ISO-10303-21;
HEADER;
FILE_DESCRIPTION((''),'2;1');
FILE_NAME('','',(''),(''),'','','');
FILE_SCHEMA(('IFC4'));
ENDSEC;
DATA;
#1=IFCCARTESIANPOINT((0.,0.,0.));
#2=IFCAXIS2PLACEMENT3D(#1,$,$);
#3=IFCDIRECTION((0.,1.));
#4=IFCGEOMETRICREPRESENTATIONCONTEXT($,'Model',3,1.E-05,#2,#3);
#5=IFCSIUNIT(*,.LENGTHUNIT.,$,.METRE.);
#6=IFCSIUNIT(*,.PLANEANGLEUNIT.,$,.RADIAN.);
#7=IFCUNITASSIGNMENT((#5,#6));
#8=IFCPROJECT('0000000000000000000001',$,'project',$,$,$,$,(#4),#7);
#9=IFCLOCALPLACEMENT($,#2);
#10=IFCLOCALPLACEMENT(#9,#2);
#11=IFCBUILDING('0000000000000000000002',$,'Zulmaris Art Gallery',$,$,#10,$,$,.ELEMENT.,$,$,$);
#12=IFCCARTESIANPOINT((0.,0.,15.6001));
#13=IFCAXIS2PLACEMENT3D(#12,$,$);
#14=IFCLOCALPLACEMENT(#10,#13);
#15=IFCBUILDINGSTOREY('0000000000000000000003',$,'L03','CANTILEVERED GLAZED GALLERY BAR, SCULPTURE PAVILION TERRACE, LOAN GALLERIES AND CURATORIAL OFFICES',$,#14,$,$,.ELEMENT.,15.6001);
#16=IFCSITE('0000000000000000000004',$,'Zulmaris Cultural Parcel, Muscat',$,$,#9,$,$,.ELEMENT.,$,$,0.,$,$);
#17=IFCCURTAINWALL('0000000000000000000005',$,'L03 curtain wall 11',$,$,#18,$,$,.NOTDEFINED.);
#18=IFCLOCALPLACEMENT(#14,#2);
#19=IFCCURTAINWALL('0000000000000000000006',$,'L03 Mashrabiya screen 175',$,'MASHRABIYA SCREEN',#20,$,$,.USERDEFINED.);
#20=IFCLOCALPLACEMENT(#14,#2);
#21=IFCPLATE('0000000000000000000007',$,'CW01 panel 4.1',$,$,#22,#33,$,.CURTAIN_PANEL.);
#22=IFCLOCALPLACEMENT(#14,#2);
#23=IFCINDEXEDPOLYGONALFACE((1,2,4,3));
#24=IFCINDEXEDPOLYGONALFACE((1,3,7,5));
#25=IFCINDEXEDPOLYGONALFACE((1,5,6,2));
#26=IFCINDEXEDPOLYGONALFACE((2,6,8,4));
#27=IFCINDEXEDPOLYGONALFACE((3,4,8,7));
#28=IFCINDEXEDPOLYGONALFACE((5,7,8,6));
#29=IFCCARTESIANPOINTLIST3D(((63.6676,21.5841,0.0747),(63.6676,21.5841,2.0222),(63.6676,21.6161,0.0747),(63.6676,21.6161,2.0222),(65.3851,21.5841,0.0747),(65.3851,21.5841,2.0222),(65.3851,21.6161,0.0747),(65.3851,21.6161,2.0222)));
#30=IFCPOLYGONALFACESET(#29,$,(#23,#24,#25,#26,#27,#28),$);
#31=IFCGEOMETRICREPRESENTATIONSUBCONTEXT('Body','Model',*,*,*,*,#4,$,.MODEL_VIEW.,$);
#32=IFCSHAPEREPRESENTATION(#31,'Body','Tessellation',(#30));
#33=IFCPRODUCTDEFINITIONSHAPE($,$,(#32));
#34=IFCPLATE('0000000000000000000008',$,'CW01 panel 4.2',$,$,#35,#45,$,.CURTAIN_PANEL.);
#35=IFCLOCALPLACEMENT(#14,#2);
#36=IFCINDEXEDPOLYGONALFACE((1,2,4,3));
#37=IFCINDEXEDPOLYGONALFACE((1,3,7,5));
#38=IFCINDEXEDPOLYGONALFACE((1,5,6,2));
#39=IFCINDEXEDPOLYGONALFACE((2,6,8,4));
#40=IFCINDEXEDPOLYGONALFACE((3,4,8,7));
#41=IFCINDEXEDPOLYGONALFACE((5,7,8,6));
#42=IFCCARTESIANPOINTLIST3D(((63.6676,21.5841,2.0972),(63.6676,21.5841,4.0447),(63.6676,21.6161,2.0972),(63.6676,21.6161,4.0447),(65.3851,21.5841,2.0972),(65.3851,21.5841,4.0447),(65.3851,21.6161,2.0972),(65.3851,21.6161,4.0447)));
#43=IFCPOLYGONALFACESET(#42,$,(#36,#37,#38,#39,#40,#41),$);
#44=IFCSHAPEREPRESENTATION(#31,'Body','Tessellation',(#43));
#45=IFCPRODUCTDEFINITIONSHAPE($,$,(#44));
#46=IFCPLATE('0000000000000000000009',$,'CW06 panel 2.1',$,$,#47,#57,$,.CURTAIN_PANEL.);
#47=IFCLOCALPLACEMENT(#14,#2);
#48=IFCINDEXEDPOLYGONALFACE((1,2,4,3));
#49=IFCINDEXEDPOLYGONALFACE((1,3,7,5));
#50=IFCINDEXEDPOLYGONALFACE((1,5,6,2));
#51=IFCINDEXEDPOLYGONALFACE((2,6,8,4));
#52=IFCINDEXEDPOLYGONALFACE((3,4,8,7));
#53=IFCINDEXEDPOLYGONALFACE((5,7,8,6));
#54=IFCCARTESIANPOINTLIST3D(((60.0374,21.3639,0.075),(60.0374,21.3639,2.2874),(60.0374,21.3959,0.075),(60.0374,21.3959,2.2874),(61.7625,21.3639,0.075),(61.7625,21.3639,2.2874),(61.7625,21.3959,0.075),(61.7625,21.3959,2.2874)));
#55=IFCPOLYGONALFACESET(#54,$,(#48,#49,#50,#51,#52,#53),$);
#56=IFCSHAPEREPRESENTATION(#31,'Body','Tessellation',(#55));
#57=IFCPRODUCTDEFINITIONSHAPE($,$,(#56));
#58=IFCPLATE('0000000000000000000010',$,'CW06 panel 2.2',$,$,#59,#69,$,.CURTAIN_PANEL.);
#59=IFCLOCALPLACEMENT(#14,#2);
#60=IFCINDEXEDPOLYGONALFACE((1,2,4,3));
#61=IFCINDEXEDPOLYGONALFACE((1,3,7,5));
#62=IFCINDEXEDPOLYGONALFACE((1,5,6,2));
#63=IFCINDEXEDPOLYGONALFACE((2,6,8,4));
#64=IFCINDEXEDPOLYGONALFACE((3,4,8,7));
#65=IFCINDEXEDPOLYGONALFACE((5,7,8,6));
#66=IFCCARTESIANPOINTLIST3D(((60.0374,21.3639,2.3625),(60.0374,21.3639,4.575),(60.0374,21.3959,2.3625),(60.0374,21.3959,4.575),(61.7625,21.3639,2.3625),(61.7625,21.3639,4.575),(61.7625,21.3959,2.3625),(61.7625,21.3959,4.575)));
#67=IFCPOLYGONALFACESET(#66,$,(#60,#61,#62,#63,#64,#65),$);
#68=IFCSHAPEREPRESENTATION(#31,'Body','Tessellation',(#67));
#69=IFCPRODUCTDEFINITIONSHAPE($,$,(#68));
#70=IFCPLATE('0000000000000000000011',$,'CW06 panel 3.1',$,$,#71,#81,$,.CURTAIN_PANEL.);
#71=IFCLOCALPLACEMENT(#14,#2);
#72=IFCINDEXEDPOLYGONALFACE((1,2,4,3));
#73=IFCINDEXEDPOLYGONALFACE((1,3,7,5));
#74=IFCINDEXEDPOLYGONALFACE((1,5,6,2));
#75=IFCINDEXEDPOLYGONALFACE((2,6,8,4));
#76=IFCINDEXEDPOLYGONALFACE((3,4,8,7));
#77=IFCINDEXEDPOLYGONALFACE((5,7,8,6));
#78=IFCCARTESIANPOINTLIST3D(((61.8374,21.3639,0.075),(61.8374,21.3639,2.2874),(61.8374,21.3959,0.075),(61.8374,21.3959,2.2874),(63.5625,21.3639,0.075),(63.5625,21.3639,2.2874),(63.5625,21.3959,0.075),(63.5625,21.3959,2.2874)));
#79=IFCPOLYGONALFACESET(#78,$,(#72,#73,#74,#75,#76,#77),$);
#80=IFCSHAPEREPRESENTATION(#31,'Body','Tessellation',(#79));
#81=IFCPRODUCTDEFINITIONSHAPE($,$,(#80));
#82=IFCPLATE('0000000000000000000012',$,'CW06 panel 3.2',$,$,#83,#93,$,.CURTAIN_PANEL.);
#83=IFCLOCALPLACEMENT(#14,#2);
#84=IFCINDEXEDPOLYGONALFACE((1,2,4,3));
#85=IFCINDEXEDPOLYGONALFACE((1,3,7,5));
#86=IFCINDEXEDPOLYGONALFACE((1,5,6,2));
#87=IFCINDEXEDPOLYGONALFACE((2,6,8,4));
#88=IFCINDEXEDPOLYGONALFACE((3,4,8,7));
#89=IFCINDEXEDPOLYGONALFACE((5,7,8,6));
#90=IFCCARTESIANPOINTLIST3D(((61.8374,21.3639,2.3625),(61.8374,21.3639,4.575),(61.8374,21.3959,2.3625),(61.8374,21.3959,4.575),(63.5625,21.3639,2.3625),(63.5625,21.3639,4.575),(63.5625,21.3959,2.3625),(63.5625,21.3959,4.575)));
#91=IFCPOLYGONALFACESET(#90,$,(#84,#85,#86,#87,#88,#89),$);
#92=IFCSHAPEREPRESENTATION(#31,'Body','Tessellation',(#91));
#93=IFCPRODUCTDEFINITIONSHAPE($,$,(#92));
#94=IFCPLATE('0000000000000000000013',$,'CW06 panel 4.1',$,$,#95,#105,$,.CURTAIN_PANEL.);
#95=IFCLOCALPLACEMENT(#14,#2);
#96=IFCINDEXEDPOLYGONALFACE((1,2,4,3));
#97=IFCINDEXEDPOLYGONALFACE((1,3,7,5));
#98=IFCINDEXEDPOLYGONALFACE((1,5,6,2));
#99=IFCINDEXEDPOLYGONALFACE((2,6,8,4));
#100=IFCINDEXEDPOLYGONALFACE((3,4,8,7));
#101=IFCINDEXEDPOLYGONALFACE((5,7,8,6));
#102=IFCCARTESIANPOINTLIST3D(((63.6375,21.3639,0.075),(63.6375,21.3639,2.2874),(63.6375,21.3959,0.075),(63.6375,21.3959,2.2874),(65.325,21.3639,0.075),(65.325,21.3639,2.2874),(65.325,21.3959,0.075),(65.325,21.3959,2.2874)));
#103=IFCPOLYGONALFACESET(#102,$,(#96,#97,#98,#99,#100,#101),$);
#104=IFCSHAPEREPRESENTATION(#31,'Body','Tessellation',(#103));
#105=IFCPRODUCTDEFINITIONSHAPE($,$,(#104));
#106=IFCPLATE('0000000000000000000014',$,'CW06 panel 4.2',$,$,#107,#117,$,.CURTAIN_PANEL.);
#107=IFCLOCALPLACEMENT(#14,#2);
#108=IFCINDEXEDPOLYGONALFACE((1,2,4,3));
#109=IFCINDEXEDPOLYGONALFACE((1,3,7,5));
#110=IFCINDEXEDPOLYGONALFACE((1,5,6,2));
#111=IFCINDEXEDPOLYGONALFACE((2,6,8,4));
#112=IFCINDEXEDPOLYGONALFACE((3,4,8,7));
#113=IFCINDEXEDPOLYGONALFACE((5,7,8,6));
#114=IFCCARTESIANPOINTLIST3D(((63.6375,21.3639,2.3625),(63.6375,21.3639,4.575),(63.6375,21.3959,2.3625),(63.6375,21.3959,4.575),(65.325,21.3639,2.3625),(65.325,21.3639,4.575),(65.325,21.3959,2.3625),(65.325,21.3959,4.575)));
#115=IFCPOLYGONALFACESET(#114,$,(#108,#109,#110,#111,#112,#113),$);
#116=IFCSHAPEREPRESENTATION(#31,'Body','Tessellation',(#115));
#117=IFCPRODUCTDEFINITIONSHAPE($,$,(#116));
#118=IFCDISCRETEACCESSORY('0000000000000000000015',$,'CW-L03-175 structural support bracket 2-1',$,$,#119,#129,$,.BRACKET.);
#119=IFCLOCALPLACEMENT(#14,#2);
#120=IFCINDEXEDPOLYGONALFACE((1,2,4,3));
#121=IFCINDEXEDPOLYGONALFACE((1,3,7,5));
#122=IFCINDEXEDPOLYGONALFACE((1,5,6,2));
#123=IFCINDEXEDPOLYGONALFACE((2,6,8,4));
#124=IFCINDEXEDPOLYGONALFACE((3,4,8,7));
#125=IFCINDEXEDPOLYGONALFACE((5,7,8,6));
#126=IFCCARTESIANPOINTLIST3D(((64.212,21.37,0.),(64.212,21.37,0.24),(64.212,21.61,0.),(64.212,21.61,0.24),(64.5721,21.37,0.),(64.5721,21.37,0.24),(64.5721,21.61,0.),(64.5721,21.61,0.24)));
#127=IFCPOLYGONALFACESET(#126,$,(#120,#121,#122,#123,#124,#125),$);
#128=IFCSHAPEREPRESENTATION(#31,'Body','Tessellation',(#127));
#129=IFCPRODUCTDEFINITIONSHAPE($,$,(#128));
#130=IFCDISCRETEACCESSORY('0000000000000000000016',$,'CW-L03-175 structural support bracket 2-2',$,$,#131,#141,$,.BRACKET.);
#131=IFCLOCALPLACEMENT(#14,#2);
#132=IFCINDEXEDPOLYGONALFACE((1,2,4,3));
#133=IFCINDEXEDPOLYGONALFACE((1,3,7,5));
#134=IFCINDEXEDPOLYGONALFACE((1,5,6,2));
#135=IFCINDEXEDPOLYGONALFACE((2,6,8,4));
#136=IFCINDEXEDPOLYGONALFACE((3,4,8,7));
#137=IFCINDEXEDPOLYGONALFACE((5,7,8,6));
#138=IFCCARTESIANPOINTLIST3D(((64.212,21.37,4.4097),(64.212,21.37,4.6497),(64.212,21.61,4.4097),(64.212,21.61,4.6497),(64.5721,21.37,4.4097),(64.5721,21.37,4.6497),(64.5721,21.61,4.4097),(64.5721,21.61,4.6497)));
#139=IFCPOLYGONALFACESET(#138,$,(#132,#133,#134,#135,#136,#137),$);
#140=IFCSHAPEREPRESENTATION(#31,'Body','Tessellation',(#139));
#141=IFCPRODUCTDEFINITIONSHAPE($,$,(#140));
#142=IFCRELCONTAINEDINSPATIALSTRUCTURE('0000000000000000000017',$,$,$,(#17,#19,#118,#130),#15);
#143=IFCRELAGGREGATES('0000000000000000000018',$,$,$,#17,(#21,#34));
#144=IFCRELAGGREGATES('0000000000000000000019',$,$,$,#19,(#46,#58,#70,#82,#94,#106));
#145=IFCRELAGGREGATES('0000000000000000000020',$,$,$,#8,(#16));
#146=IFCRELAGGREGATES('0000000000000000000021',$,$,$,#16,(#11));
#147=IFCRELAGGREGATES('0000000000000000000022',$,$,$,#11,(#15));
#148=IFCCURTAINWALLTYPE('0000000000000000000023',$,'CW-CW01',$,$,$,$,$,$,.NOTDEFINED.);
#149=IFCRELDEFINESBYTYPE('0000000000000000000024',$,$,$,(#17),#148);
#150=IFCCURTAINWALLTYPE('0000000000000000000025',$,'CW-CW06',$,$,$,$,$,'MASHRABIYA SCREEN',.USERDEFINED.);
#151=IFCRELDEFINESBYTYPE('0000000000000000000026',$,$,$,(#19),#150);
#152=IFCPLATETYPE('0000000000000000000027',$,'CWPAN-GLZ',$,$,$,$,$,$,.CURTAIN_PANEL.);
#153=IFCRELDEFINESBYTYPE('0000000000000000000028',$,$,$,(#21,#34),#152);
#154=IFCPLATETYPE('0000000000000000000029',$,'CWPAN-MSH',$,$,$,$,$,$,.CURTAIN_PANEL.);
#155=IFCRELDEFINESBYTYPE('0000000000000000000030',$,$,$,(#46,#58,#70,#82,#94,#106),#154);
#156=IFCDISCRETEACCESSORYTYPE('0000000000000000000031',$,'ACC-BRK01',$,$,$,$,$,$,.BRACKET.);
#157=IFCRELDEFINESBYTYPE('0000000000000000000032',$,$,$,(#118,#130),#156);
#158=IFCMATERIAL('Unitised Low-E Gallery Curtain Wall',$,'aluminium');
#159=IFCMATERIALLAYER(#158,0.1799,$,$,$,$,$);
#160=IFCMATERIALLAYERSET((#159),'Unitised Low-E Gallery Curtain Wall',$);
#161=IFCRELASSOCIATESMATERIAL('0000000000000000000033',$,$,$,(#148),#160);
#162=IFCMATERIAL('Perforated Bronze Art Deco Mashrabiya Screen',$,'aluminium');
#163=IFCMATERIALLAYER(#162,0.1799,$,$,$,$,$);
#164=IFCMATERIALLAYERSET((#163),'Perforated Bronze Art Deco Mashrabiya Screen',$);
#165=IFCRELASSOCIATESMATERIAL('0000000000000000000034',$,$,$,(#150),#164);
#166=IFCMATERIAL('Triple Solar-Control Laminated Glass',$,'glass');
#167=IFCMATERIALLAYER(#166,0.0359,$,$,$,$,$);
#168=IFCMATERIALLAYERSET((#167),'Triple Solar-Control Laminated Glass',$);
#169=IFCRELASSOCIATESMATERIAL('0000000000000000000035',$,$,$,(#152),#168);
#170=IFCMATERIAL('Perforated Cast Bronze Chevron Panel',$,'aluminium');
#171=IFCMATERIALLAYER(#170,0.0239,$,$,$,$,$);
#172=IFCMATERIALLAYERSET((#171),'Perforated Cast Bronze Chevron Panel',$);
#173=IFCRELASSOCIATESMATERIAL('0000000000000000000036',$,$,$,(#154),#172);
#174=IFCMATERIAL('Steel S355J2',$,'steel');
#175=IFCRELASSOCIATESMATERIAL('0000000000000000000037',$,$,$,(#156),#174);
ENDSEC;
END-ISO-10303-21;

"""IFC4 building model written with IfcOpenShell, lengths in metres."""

from ifc_helpers import new_model, si_unit, direction, frame, origin, origin_2d, place, context, subcontext, project, spatial, rectangle, extrude, material, layer, layer_set, type_object, element, aggregate, save


model = new_model("IFC4")

# Units and contexts
model_context = context("Model", 3, precision=1e-05, world=origin(), true_north=direction((0.0, 1.0)))
body_context = subcontext(model_context, "Body", "Model", "MODEL_VIEW")
ifc_project = project(units=[si_unit("LENGTHUNIT", "METRE"), si_unit("PLANEANGLEUNIT", "RADIAN")], contexts=[model_context])

# Site, building, storey
site_placement = place(None, origin())
site = spatial("IfcSite", under=ifc_project, at=site_placement, Name="Zulmaris Cultural Parcel, Muscat", CompositionType="ELEMENT", RefElevation=0.0)
building_placement = place(site_placement, origin())
building = spatial("IfcBuilding", under=site, at=building_placement, Name="Zulmaris Art Gallery", CompositionType="ELEMENT")
storey_placement = place(building_placement, frame((0.0, 0.0, 15.6001)))
storey = spatial("IfcBuildingStorey", under=building, at=storey_placement, Name="L03", Description="CANTILEVERED GLAZED GALLERY BAR, SCULPTURE PAVILION TERRACE, LOAN GALLERIES AND CURATORIAL OFFICES", CompositionType="ELEMENT", Elevation=15.6001)

# Shared definitions
ifc_material_1 = material(Name="Steel S355J2", Category="steel")

# Curtain walls
ifc_material_2 = material(Name="Unitised Low-E Gallery Curtain Wall", Category="aluminium")
ifc_layer_1 = layer(ifc_material_2, 0.1799)
ifc_layer_set_1 = layer_set([ifc_layer_1], Name="Unitised Low-E Gallery Curtain Wall")
curtain_wall_type_1 = type_object("IfcCurtainWallType", Name="CW-CW01", PredefinedType="NOTDEFINED", material=ifc_layer_set_1)
curtain_wall_1_placement = place(storey_placement, origin())
curtain_wall_1 = element("IfcCurtainWall", 1, at=curtain_wall_1_placement, inside=storey, type_object=curtain_wall_type_1, Name="L03 curtain wall 11", PredefinedType="NOTDEFINED")
ifc_material_3 = material(Name="Perforated Bronze Art Deco Mashrabiya Screen", Category="aluminium")
ifc_layer_2 = layer(ifc_material_3, 0.1799)
ifc_layer_set_2 = layer_set([ifc_layer_2], Name="Perforated Bronze Art Deco Mashrabiya Screen")
curtain_wall_type_2 = type_object("IfcCurtainWallType", Name="CW-CW06", ElementType="MASHRABIYA SCREEN", PredefinedType="USERDEFINED", material=ifc_layer_set_2)
curtain_wall_2_placement = place(storey_placement, origin())
curtain_wall_2 = element("IfcCurtainWall", 2, at=curtain_wall_2_placement, inside=storey, type_object=curtain_wall_type_2, Name="L03 Mashrabiya screen 175", ObjectType="MASHRABIYA SCREEN", PredefinedType="USERDEFINED")

# Plates
ifc_material_4 = material(Name="Triple Solar-Control Laminated Glass", Category="glass")
ifc_layer_3 = layer(ifc_material_4, 0.0359)
ifc_layer_set_3 = layer_set([ifc_layer_3], Name="Triple Solar-Control Laminated Glass")
plate_type_1 = type_object("IfcPlateType", Name="CWPAN-GLZ", PredefinedType="CURTAIN_PANEL", material=ifc_layer_set_3)
plate_1_placement = place(storey_placement, frame((64.5264, 21.6001, 0.0747), z_axis=(0.0, 0.0, 1.0), x_axis=(1.0, 0.0, 0.0)))
plate_1 = element("IfcPlate", 3, at=plate_1_placement, type_object=plate_type_1, Name="CW01 panel 4.1", PredefinedType="CURTAIN_PANEL", context=body_context, shape_type="SweptSolid", body=[
    extrude(rectangle(XDim=1.7175, YDim=0.032, at=origin_2d()), origin(), (0.0, 0.0, 1.0), 1.9475),
])
plate_2_placement = place(storey_placement, frame((64.5264, 21.6001, 2.0972), z_axis=(0.0, 0.0, 1.0), x_axis=(1.0, 0.0, 0.0)))
plate_2 = element("IfcPlate", 4, at=plate_2_placement, type_object=plate_type_1, Name="CW01 panel 4.2", PredefinedType="CURTAIN_PANEL", context=body_context, shape_type="SweptSolid", body=[
    extrude(rectangle(XDim=1.7175, YDim=0.032, at=origin_2d()), origin(), (0.0, 0.0, 1.0), 1.9475),
])
aggregate(curtain_wall_1, [plate_1, plate_2])
ifc_material_5 = material(Name="Perforated Cast Bronze Chevron Panel", Category="aluminium")
ifc_layer_4 = layer(ifc_material_5, 0.0239)
ifc_layer_set_4 = layer_set([ifc_layer_4], Name="Perforated Cast Bronze Chevron Panel")
plate_type_2 = type_object("IfcPlateType", Name="CWPAN-MSH", PredefinedType="CURTAIN_PANEL", material=ifc_layer_set_4)
plate_3_placement = place(storey_placement, frame((60.8999, 21.3799, 0.075), z_axis=(0.0, 0.0, 1.0), x_axis=(1.0, 0.0, 0.0)))
plate_3 = element("IfcPlate", 5, at=plate_3_placement, type_object=plate_type_2, Name="CW06 panel 2.1", PredefinedType="CURTAIN_PANEL", context=body_context, shape_type="SweptSolid", body=[
    extrude(rectangle(XDim=1.7251, YDim=0.032, at=origin_2d()), origin(), (0.0, 0.0, 1.0), 2.2124),
])
plate_4_placement = place(storey_placement, frame((60.8999, 21.3799, 2.3625), z_axis=(0.0, 0.0, 1.0), x_axis=(1.0, 0.0, 0.0)))
plate_4 = element("IfcPlate", 6, at=plate_4_placement, type_object=plate_type_2, Name="CW06 panel 2.2", PredefinedType="CURTAIN_PANEL", context=body_context, shape_type="SweptSolid", body=[
    extrude(rectangle(XDim=1.7251, YDim=0.032, at=origin_2d()), origin(), (0.0, 0.0, 1.0), 2.2124),
])
plate_5_placement = place(storey_placement, frame((62.7, 21.3799, 0.075), z_axis=(0.0, 0.0, 1.0), x_axis=(1.0, 0.0, 0.0)))
plate_5 = element("IfcPlate", 7, at=plate_5_placement, type_object=plate_type_2, Name="CW06 panel 3.1", PredefinedType="CURTAIN_PANEL", context=body_context, shape_type="SweptSolid", body=[
    extrude(rectangle(XDim=1.7251, YDim=0.032, at=origin_2d()), origin(), (0.0, 0.0, 1.0), 2.2124),
])
plate_6_placement = place(storey_placement, frame((62.7, 21.3799, 2.3625), z_axis=(0.0, 0.0, 1.0), x_axis=(1.0, 0.0, 0.0)))
plate_6 = element("IfcPlate", 8, at=plate_6_placement, type_object=plate_type_2, Name="CW06 panel 3.2", PredefinedType="CURTAIN_PANEL", context=body_context, shape_type="SweptSolid", body=[
    extrude(rectangle(XDim=1.7251, YDim=0.032, at=origin_2d()), origin(), (0.0, 0.0, 1.0), 2.2124),
])
plate_7_placement = place(storey_placement, frame((64.4812, 21.3799, 0.075), z_axis=(0.0, 0.0, 1.0), x_axis=(1.0, 0.0, 0.0)))
plate_7 = element("IfcPlate", 9, at=plate_7_placement, type_object=plate_type_2, Name="CW06 panel 4.1", PredefinedType="CURTAIN_PANEL", context=body_context, shape_type="SweptSolid", body=[
    extrude(rectangle(XDim=1.6875, YDim=0.032, at=origin_2d()), origin(), (0.0, 0.0, 1.0), 2.2124),
])
plate_8_placement = place(storey_placement, frame((64.4812, 21.3799, 2.3625), z_axis=(0.0, 0.0, 1.0), x_axis=(1.0, 0.0, 0.0)))
plate_8 = element("IfcPlate", 10, at=plate_8_placement, type_object=plate_type_2, Name="CW06 panel 4.2", PredefinedType="CURTAIN_PANEL", context=body_context, shape_type="SweptSolid", body=[
    extrude(rectangle(XDim=1.6875, YDim=0.032, at=origin_2d()), origin(), (0.0, 0.0, 1.0), 2.2124),
])
aggregate(curtain_wall_2, [plate_3, plate_4, plate_5, plate_6, plate_7, plate_8])

# Discrete accessories
discrete_accessory_type = type_object("IfcDiscreteAccessoryType", Name="ACC-BRK01", PredefinedType="BRACKET", material=ifc_material_1)
for number, where, z_axis, x_axis, name in (
    (11, (64.3921, 21.49, 0.0), (0.0, 0.0, 1.0), (1.0, 0.0, 0.0), "CW-L03-175 structural support bracket 2-1"),
    (12, (64.3921, 21.49, 4.4097), (0.0, 0.0, 1.0), (1.0, 0.0, 0.0), "CW-L03-175 structural support bracket 2-2"),
):
    element("IfcDiscreteAccessory", number, at=place(storey_placement, frame(where, z_axis=z_axis, x_axis=x_axis)), inside=storey, type_object=discrete_accessory_type, Name=name, PredefinedType="BRACKET", context=body_context, shape_type="SweptSolid", body=[
        extrude(rectangle(XDim=0.3601, YDim=0.24, at=origin_2d()), origin(), (0.0, 0.0, 1.0), 0.24),
    ])

save(model, "model.ifc")
